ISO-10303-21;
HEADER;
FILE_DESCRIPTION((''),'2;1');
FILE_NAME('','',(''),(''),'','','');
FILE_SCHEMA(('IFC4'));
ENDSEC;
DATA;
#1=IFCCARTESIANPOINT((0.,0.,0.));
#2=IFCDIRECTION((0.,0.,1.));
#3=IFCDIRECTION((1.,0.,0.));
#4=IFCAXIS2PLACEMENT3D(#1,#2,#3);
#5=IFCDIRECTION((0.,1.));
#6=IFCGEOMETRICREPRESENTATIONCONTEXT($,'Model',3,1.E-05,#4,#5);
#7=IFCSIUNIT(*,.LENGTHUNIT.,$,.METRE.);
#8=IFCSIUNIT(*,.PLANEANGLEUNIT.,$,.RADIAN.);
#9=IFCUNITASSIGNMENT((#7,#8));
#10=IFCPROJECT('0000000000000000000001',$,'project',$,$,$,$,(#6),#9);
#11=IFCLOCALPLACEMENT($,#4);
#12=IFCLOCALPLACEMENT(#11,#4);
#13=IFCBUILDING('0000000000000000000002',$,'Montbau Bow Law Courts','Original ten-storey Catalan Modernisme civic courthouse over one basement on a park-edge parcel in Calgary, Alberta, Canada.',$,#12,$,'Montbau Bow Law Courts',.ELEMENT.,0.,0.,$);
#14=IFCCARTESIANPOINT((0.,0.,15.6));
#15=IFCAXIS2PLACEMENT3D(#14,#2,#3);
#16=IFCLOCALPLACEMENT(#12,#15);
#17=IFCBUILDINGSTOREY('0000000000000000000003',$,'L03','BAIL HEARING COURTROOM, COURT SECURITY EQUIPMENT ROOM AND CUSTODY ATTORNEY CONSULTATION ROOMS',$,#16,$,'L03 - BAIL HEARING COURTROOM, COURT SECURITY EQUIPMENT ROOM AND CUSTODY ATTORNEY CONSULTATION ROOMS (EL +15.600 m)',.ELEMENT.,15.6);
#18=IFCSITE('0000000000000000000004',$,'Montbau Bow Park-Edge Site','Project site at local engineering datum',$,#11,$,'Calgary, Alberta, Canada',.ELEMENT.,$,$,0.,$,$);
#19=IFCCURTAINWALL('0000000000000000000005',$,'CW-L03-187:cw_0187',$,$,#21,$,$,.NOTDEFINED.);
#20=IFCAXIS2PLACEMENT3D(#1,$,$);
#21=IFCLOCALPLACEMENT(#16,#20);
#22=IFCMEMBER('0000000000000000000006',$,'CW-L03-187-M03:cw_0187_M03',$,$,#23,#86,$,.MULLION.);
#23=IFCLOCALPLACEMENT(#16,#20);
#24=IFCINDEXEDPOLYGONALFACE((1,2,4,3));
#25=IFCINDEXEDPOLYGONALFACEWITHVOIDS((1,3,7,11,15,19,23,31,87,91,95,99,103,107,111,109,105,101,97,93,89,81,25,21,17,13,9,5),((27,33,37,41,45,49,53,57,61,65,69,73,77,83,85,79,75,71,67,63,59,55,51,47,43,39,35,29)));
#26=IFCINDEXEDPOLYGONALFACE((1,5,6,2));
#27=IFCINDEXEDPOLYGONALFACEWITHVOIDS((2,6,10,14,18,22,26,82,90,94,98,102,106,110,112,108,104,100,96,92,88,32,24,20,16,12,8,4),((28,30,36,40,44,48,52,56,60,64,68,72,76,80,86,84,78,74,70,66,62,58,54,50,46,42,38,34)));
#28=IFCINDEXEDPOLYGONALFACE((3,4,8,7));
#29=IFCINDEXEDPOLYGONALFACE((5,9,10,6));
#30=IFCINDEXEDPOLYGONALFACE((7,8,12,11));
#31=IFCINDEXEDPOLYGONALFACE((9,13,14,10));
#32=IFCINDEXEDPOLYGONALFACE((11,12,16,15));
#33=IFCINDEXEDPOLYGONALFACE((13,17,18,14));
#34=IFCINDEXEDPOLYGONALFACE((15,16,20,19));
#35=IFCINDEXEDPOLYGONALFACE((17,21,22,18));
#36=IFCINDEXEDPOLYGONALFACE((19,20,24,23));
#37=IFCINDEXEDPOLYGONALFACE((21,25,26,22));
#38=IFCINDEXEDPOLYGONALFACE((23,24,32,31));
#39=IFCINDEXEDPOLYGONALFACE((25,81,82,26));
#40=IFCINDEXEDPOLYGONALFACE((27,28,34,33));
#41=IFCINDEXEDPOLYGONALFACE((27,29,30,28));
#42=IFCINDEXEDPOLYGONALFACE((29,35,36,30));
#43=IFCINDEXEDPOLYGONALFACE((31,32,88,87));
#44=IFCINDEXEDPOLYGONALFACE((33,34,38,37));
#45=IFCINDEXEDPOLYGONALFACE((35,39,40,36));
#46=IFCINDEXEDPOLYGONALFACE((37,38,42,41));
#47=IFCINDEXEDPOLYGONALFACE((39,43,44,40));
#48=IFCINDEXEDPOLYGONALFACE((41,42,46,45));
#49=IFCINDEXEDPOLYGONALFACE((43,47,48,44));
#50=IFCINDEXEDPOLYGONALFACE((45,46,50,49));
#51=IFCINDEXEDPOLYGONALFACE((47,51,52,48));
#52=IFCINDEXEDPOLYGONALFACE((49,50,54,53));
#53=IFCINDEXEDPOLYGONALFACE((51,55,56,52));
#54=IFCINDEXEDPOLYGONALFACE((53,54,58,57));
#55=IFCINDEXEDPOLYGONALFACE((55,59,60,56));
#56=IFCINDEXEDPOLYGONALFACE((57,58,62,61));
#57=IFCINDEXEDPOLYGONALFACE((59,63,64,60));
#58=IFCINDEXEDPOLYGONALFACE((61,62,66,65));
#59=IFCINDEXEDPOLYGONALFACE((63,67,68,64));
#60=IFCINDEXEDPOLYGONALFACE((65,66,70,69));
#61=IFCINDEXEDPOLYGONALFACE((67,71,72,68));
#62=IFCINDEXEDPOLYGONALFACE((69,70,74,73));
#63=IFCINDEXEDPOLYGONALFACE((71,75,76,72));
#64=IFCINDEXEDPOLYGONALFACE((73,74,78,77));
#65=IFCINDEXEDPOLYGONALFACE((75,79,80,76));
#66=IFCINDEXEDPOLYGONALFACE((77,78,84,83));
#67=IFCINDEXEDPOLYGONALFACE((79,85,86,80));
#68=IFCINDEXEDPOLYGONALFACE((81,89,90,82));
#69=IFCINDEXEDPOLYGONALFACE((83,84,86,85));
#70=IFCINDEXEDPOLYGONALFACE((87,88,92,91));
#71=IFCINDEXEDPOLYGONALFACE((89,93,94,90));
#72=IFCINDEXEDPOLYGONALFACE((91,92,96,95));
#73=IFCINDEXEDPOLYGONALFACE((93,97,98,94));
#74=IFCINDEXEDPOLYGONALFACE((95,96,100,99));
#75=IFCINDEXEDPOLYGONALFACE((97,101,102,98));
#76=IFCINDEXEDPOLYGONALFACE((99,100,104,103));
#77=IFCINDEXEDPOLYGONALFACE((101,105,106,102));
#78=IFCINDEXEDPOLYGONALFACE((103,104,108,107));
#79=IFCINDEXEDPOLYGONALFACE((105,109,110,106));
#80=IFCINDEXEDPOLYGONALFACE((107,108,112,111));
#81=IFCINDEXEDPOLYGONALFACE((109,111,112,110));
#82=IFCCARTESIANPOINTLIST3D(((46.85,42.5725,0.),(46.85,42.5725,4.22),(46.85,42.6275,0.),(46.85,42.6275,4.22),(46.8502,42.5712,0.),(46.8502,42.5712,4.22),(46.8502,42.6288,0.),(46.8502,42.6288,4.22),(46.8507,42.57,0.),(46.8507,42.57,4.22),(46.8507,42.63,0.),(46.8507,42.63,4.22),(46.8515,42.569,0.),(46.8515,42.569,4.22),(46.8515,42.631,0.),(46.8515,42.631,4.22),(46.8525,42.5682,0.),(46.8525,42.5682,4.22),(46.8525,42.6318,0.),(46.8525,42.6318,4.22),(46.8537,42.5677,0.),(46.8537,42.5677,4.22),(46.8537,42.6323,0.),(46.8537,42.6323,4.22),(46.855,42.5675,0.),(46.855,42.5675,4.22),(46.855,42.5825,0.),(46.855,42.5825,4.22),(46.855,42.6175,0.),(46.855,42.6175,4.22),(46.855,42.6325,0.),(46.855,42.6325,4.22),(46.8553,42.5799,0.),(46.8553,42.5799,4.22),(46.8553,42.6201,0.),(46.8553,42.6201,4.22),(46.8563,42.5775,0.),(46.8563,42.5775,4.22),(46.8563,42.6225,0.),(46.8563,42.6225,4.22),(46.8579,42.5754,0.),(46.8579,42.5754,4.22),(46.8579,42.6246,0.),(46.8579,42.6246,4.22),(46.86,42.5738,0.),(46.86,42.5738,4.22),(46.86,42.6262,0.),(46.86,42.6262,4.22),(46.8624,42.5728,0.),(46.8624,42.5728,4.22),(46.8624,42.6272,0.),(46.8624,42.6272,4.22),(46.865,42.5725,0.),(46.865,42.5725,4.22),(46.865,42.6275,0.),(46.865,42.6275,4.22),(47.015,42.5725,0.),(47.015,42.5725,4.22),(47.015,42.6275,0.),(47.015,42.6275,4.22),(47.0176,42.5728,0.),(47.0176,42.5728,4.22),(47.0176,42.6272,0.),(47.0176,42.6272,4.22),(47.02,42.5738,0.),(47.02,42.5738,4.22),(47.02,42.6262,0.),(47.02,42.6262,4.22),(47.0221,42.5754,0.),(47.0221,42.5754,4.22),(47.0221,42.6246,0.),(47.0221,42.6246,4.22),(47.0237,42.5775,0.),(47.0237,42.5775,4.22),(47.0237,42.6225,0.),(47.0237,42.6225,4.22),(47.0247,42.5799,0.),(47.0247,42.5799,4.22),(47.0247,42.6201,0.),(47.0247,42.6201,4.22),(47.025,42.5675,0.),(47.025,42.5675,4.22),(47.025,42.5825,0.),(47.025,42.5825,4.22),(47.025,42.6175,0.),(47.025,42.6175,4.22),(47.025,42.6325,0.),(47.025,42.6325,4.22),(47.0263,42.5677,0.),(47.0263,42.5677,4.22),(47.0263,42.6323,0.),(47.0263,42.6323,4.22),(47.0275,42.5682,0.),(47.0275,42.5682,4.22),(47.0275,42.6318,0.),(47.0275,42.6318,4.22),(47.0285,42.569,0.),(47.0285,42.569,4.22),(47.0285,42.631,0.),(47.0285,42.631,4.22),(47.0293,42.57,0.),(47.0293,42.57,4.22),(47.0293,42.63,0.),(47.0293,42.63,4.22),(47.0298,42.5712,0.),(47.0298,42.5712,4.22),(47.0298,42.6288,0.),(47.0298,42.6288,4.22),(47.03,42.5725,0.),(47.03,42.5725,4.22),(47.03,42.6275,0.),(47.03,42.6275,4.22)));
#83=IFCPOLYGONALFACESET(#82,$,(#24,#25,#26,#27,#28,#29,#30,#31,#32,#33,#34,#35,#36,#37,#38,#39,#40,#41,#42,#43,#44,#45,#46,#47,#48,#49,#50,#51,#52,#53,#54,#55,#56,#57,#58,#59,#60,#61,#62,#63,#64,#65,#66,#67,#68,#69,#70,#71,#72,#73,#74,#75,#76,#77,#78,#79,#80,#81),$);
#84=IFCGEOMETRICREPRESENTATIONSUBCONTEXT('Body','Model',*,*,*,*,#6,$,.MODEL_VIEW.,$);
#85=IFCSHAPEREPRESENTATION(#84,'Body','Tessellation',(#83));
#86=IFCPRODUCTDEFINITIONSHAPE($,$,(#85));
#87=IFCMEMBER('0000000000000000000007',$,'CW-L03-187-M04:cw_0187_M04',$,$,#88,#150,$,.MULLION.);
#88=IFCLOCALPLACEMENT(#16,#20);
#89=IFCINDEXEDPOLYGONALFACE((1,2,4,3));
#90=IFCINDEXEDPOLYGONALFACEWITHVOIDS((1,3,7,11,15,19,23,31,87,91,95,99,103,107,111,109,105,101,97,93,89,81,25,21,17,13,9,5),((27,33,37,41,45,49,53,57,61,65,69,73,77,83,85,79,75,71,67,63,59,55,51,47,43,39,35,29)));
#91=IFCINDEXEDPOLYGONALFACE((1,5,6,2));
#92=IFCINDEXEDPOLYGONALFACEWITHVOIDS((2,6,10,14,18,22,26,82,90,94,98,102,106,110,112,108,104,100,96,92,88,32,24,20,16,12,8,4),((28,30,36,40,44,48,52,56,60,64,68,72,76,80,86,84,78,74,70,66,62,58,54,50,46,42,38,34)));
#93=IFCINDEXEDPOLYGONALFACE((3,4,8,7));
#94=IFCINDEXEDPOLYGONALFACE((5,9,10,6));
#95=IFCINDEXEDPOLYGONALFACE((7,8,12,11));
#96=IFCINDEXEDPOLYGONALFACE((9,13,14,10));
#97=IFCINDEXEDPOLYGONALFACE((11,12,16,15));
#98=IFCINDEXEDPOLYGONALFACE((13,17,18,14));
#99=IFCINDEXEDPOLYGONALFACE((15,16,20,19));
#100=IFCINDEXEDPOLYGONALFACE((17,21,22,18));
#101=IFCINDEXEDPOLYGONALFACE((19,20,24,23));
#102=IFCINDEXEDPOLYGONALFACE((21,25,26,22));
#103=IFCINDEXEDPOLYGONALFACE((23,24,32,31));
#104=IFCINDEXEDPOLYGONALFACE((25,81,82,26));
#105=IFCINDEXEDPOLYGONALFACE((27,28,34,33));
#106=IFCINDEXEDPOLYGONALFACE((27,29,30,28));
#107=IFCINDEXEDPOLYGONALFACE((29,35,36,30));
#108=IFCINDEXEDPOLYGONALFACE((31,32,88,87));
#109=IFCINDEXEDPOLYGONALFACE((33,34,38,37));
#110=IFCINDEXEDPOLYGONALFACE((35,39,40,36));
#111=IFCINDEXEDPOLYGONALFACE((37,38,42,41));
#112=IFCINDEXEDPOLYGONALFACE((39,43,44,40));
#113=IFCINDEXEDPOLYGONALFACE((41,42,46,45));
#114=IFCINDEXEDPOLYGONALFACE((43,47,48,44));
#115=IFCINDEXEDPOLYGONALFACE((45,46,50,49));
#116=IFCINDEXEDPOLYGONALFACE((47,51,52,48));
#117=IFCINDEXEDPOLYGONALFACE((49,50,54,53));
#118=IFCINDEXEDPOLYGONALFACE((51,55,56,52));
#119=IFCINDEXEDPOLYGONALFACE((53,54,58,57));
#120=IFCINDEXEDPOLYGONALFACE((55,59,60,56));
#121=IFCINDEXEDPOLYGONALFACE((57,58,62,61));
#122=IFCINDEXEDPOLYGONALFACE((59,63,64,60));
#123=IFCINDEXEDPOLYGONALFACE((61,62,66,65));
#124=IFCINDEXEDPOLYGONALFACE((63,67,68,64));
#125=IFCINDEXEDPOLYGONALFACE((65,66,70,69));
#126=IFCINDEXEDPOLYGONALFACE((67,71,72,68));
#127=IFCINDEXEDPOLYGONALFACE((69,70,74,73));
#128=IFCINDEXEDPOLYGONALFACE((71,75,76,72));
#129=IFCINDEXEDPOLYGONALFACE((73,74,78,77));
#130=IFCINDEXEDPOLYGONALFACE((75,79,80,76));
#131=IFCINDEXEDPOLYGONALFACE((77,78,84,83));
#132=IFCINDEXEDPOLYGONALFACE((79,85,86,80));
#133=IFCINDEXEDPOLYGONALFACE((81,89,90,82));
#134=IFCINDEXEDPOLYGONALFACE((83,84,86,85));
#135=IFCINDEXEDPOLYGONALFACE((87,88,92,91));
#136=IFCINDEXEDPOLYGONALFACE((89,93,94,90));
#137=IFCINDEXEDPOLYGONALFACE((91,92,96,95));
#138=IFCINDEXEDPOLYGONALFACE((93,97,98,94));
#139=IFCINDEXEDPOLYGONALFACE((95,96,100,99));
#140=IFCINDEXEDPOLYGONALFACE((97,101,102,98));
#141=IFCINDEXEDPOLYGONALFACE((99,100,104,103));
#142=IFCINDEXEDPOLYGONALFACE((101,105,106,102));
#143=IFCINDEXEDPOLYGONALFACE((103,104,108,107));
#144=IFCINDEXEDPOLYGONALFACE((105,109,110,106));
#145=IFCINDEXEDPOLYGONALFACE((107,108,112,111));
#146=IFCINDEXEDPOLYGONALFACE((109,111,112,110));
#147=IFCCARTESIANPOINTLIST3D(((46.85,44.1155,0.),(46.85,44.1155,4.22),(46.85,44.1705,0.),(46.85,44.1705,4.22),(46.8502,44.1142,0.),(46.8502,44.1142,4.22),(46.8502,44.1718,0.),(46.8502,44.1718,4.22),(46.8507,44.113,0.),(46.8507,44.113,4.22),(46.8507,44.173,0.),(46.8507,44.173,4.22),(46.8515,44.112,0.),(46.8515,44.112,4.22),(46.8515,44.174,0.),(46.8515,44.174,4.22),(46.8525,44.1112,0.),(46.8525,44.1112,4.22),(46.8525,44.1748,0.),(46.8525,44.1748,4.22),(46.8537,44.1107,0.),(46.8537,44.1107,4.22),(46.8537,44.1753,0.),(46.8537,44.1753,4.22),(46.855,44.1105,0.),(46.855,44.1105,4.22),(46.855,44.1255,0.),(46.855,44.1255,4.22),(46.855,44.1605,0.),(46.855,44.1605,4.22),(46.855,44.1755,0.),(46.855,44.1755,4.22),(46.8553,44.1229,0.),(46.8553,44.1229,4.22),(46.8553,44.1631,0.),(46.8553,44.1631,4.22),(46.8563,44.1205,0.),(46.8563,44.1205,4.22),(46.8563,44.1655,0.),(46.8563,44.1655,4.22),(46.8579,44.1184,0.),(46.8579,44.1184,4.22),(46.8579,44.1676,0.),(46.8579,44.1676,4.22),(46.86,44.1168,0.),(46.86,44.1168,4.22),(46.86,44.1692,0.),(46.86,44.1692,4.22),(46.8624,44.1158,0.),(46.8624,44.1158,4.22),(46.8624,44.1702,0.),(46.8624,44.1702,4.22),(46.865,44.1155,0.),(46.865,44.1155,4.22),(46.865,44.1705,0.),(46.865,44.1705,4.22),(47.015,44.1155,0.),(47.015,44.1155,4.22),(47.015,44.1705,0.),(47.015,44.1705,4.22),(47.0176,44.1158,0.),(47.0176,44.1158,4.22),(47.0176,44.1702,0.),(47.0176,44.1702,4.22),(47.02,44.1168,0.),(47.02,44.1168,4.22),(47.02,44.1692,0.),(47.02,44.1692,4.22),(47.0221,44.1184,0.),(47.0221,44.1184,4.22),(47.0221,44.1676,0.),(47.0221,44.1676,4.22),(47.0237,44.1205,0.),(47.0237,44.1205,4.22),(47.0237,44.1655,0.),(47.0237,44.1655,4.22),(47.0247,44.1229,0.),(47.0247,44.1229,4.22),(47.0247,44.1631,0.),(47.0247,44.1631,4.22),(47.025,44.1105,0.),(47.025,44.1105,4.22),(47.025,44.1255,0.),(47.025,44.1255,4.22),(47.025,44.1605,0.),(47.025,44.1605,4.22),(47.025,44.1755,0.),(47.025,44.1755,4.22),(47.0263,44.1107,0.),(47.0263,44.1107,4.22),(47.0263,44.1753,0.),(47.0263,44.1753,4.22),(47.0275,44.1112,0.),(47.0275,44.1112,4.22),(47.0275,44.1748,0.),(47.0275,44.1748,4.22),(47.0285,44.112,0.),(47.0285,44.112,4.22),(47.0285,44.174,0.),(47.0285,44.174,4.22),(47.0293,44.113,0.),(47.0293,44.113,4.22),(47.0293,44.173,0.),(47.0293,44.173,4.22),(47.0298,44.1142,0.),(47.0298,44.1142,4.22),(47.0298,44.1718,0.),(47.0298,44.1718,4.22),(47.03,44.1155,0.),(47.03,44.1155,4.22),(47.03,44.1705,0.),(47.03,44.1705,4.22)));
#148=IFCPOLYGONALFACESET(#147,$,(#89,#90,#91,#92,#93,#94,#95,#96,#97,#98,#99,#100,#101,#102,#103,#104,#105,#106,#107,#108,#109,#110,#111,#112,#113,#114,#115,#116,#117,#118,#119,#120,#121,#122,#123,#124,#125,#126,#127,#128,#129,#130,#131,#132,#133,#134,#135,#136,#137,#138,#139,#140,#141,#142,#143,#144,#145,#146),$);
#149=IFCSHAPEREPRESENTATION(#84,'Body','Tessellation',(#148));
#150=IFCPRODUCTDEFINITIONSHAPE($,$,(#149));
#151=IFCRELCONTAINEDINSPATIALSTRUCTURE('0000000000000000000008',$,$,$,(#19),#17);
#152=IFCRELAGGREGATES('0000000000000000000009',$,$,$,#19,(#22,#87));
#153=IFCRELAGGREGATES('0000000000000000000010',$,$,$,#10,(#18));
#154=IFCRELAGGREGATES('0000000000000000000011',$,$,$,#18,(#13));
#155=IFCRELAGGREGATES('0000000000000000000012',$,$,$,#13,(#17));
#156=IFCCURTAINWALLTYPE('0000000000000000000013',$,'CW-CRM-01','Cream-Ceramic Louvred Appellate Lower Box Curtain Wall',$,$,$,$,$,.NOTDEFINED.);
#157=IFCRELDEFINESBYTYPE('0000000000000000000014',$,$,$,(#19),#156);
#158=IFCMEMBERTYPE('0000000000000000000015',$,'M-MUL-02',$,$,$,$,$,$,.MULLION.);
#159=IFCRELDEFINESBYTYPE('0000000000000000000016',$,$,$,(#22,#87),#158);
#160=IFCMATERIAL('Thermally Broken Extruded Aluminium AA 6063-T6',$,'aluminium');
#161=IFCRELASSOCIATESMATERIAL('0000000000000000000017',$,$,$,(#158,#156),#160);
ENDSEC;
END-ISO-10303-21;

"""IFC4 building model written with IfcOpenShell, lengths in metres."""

from ifc_helpers import new_model, si_unit, direction, frame, origin_with_axes, origin_2d_with_axis, place, context, subcontext, project, spatial, hollow_rectangle, extrude, material, material_profile, profile_set, type_object, element, aggregate, save


model = new_model("IFC4")

# Units and contexts
model_context = context("Model", 3, precision=1e-05, world=origin_with_axes(), true_north=direction((0.0, 1.0)))
body_context = subcontext(model_context, "Body", "Model", "MODEL_VIEW")
ifc_project = project(units=[si_unit("LENGTHUNIT", "METRE"), si_unit("PLANEANGLEUNIT", "RADIAN")], contexts=[model_context])

# Site, building, storey
site_placement = place(None, origin_with_axes())
site = spatial("IfcSite", under=ifc_project, at=site_placement, Name="Montbau Bow Park-Edge Site", Description="Project site at local engineering datum", LongName="Calgary, Alberta, Canada", CompositionType="ELEMENT", RefElevation=0.0)
building_placement = place(site_placement, origin_with_axes())
building = spatial("IfcBuilding", under=site, at=building_placement, Name="Montbau Bow Law Courts", Description="Original ten-storey Catalan Modernisme civic courthouse over one basement on a park-edge parcel in Calgary, Alberta, Canada.", LongName="Montbau Bow Law Courts", CompositionType="ELEMENT", ElevationOfRefHeight=0.0, ElevationOfTerrain=0.0)
storey_placement = place(building_placement, frame((0.0, 0.0, 15.6), z_axis=(0.0, 0.0, 1.0), x_axis=(1.0, 0.0, 0.0)))
storey = spatial("IfcBuildingStorey", under=building, at=storey_placement, Name="L03", Description="BAIL HEARING COURTROOM, COURT SECURITY EQUIPMENT ROOM AND CUSTODY ATTORNEY CONSULTATION ROOMS", LongName="L03 - BAIL HEARING COURTROOM, COURT SECURITY EQUIPMENT ROOM AND CUSTODY ATTORNEY CONSULTATION ROOMS (EL +15.600 m)", CompositionType="ELEMENT", Elevation=15.6)

# Curtain wall, members
ifc_material_1 = material(Name="Thermally Broken Extruded Aluminium AA 6063-T6", Category="aluminium")
ifc_material_profile_1 = material_profile(ifc_material_1, hollow_rectangle(XDim=0.065, YDim=0.18, WallThickness=0.005, InnerFilletRadius=0.01, OuterFilletRadius=0.005, at=origin_2d_with_axis()), Name="CWM-180X65", Category="Main", Priority=0)
ifc_profile_set_1 = profile_set([ifc_material_profile_1], Name="Thermally Broken Extruded Aluminium AA 6063-T6")
member_type_1 = type_object("IfcMemberType", Name="M-MUL-02", PredefinedType="MULLION", material=ifc_profile_set_1)
curtain_wall_type_1 = type_object("IfcCurtainWallType", Name="CW-CRM-01", Description="Cream-Ceramic Louvred Appellate Lower Box Curtain Wall", PredefinedType="NOTDEFINED", material=ifc_material_1)
curtain_wall_1_placement = place(None, frame((46.94, 39.515, 15.6), z_axis=(0.0, 0.0, 1.0), x_axis=(1.0, 0.0, 0.0)))
curtain_wall_1 = element("IfcCurtainWall", 1, at=curtain_wall_1_placement, inside=storey, type_object=curtain_wall_type_1, Name="CW-L03-187:cw_0187", PredefinedType="NOTDEFINED")
member_1_placement = place(None, frame((46.94, 42.6, 15.6), z_axis=(0.0, 0.0, 1.0), x_axis=(0.0, 1.0, 0.0)))
member_1 = element("IfcMember", 2, at=member_1_placement, type_object=member_type_1, Name="CW-L03-187-M03:cw_0187_M03", PredefinedType="MULLION", context=body_context, shape_type="SweptSolid", body=[
    extrude(hollow_rectangle(XDim=0.065, YDim=0.18, WallThickness=0.005, InnerFilletRadius=0.01, OuterFilletRadius=0.005, at=origin_2d_with_axis()), origin_with_axes(), (0.0, 0.0, 1.0), 4.22),
])
member_2_placement = place(None, frame((46.94, 44.143, 15.6), z_axis=(0.0, 0.0, 1.0), x_axis=(0.0, 1.0, 0.0)))
member_2 = element("IfcMember", 3, at=member_2_placement, type_object=member_type_1, Name="CW-L03-187-M04:cw_0187_M04", PredefinedType="MULLION", context=body_context, shape_type="SweptSolid", body=[
    extrude(hollow_rectangle(XDim=0.065, YDim=0.18, WallThickness=0.005, InnerFilletRadius=0.01, OuterFilletRadius=0.005, at=origin_2d_with_axis()), origin_with_axes(), (0.0, 0.0, 1.0), 4.22),
])
aggregate(curtain_wall_1, [member_1, member_2])

save(model, "model.ifc")
